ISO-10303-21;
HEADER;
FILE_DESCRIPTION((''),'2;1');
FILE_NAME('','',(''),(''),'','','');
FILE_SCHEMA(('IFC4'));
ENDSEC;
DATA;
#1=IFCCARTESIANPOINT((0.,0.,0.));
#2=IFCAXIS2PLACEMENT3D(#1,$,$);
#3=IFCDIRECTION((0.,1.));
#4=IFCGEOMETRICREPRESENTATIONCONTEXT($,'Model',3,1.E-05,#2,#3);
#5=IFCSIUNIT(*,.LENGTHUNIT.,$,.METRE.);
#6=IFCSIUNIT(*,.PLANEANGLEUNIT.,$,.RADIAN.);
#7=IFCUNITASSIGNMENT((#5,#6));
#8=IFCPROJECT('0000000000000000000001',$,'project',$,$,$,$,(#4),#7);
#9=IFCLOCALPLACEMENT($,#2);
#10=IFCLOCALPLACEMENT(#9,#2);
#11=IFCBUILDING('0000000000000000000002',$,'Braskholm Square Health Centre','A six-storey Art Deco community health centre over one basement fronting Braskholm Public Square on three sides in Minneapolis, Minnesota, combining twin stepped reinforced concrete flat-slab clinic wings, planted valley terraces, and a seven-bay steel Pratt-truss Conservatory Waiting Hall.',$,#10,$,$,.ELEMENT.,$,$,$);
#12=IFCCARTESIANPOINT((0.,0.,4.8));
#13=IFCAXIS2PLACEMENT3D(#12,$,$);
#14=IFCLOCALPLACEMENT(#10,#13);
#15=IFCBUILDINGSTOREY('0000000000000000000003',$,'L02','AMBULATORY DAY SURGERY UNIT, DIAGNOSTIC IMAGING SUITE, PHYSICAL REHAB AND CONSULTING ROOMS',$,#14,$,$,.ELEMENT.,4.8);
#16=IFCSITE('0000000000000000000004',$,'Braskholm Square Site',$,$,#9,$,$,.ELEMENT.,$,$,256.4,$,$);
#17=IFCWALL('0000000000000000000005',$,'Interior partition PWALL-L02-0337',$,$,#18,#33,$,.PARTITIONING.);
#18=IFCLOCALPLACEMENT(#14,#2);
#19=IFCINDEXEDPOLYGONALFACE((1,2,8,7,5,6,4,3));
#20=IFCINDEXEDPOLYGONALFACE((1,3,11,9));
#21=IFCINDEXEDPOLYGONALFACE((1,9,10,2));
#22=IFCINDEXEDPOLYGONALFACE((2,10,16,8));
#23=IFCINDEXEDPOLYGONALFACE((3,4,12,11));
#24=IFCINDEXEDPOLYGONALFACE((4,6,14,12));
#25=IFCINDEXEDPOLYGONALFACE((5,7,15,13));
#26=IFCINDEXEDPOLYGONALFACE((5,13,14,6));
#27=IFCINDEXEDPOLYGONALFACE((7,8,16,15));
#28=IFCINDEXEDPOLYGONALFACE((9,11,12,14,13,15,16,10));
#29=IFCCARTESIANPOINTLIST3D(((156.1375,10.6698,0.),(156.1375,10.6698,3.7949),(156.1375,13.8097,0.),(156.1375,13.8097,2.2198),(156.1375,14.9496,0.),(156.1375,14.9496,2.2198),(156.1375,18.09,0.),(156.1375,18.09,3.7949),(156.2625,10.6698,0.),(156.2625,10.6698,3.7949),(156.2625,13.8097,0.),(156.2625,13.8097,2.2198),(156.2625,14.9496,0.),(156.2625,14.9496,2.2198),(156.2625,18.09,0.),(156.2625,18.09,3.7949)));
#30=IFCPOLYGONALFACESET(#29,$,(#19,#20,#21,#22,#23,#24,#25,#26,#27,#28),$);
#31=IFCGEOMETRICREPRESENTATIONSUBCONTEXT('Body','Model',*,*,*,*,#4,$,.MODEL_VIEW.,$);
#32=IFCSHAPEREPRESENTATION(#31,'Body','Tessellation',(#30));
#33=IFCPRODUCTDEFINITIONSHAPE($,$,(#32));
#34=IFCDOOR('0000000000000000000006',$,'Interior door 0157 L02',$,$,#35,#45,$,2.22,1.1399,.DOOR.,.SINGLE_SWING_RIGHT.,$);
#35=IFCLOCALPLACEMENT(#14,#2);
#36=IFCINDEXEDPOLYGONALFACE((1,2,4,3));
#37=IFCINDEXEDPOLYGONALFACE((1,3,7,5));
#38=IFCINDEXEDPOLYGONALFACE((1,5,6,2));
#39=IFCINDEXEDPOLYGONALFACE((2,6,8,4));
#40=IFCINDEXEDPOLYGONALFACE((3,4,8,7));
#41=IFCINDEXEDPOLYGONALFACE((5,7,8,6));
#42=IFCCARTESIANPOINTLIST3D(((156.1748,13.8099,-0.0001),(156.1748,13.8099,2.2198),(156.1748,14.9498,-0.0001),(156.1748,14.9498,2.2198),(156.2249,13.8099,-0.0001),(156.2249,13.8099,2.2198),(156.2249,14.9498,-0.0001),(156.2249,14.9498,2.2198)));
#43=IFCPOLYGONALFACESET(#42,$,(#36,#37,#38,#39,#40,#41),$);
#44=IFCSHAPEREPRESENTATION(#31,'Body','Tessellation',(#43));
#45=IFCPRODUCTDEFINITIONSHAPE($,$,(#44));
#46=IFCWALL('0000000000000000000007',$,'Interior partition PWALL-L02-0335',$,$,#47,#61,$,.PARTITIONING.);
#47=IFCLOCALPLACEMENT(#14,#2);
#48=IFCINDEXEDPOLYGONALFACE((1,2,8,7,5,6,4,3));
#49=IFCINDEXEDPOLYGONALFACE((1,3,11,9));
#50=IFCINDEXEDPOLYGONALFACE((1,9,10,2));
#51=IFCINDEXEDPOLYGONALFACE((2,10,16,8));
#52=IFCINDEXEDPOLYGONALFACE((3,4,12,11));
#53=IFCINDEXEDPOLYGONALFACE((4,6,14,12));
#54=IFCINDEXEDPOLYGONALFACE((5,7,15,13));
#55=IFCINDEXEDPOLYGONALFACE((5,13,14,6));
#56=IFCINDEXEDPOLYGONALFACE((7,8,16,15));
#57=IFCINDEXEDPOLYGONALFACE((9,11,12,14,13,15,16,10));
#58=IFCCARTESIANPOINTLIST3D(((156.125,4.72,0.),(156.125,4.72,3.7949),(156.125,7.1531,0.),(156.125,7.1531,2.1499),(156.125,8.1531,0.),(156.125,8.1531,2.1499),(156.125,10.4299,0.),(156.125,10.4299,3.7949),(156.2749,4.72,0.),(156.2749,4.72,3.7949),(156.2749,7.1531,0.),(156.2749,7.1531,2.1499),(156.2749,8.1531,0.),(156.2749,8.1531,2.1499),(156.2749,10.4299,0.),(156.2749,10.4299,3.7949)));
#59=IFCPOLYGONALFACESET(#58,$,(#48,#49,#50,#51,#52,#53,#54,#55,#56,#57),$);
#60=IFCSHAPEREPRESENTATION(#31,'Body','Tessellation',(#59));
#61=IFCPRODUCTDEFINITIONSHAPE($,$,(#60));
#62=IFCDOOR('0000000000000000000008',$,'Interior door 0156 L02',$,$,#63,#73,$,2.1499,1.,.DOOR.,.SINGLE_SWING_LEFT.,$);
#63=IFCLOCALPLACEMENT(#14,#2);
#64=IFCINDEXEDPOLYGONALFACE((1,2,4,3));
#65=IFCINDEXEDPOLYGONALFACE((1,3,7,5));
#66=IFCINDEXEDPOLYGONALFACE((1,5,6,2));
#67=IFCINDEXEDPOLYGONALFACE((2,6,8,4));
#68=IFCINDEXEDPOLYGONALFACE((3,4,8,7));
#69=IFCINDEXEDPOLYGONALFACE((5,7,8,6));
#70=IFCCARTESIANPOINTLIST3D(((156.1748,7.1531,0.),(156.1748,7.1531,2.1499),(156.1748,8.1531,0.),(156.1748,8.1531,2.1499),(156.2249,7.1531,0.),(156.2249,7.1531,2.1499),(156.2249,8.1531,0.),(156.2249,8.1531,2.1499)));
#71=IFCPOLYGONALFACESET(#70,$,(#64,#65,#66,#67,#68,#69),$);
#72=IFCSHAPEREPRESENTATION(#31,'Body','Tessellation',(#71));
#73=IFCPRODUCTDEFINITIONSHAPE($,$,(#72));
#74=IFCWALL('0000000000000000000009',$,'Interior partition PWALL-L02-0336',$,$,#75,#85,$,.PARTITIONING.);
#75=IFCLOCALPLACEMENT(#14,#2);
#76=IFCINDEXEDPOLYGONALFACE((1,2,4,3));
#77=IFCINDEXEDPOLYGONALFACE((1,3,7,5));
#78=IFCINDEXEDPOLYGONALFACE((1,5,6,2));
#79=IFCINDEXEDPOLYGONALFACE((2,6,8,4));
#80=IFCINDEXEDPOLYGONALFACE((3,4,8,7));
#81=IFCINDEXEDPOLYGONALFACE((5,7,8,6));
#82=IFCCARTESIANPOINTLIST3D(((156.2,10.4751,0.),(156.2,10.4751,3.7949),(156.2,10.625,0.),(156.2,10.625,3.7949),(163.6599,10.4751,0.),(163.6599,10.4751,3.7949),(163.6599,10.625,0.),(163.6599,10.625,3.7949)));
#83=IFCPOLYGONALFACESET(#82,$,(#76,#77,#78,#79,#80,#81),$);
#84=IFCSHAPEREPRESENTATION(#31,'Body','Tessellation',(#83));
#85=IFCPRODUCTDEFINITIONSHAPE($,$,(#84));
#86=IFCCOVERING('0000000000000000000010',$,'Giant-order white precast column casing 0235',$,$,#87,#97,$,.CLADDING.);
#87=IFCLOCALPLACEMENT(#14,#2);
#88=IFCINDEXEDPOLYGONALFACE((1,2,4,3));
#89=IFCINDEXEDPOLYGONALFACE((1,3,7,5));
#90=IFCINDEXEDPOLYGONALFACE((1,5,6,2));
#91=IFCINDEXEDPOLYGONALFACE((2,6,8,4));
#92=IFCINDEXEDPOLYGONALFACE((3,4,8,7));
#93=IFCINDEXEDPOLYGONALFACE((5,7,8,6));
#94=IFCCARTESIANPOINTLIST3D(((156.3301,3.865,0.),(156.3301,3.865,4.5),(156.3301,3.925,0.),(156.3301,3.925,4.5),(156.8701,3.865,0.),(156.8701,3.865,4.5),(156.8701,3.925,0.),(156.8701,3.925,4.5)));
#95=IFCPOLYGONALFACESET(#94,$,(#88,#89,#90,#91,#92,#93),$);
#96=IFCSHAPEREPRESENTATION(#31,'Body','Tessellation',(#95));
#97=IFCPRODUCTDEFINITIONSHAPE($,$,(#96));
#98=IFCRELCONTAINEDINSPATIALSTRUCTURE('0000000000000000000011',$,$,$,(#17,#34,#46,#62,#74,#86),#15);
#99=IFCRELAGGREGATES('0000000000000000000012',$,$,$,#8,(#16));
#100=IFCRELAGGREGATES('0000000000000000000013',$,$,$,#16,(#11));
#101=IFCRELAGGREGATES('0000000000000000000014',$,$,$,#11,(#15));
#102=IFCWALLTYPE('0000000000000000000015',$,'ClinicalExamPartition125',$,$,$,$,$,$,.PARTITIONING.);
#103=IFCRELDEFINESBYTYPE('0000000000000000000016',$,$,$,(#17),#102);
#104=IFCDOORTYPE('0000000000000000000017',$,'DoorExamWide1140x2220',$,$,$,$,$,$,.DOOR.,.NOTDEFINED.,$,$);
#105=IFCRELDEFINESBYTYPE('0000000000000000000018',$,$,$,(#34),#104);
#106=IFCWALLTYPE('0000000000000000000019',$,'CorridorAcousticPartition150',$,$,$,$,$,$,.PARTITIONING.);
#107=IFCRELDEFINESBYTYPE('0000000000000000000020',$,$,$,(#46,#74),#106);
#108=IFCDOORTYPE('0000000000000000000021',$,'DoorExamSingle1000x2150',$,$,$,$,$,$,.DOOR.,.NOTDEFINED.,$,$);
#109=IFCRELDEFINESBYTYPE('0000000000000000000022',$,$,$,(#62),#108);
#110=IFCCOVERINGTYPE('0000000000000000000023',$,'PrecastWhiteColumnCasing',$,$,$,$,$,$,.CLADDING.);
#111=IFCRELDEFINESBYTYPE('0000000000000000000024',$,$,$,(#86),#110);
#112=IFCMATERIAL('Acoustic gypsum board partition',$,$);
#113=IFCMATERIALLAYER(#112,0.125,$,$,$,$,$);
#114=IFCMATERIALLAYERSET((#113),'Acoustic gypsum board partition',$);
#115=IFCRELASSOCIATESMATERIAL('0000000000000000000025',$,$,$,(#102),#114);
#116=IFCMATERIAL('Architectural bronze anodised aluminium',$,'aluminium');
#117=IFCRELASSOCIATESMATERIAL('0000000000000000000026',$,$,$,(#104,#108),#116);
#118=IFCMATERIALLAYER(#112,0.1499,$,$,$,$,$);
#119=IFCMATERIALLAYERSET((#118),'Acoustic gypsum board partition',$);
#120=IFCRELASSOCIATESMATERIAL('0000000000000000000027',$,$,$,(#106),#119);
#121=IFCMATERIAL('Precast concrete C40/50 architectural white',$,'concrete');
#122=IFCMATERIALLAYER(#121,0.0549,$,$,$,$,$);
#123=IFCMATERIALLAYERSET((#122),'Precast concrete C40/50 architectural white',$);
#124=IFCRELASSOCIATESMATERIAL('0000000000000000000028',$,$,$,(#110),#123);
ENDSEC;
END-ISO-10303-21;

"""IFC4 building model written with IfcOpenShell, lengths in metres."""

from ifc_helpers import new_model, si_unit, direction, frame, frame_2d, origin, origin_2d, place, context, subcontext, project, spatial, rectangle, extrude, material, layer, layer_set, type_object, element, fill, save


model = new_model("IFC4")

# Units and contexts
model_context = context("Model", 3, precision=1e-05, world=origin(), true_north=direction((0.0, 1.0)))
body_context = subcontext(model_context, "Body", "Model", "MODEL_VIEW")
ifc_project = project(units=[si_unit("LENGTHUNIT", "METRE"), si_unit("PLANEANGLEUNIT", "RADIAN")], contexts=[model_context])

# Site, building, storey
site_placement = place(None, origin())
site = spatial("IfcSite", under=ifc_project, at=site_placement, Name="Braskholm Square Site", CompositionType="ELEMENT", RefElevation=256.4)
building_placement = place(site_placement, origin())
building = spatial("IfcBuilding", under=site, at=building_placement, Name="Braskholm Square Health Centre", Description="A six-storey Art Deco community health centre over one basement fronting Braskholm Public Square on three sides in Minneapolis, Minnesota, combining twin stepped reinforced concrete flat-slab clinic wings, planted valley terraces, and a seven-bay steel Pratt-truss Conservatory Waiting Hall.", CompositionType="ELEMENT")
storey_placement = place(building_placement, frame((0.0, 0.0, 4.8)))
storey = spatial("IfcBuildingStorey", under=building, at=storey_placement, Name="L02", Description="AMBULATORY DAY SURGERY UNIT, DIAGNOSTIC IMAGING SUITE, PHYSICAL REHAB AND CONSULTING ROOMS", CompositionType="ELEMENT", Elevation=4.8)

# Shared definitions
ifc_material_1 = material(Name="Precast concrete C40/50 architectural white", Category="concrete")

# Shared definitions
ifc_material_2 = material(Name="Architectural bronze anodised aluminium", Category="aluminium")

# Walls, openings, doors
ifc_material_3 = material(Name="Acoustic gypsum board partition")
ifc_layer_1 = layer(ifc_material_3, 0.125)
ifc_layer_set_1 = layer_set([ifc_layer_1], Name="Acoustic gypsum board partition")
wall_type_1 = type_object("IfcWallType", Name="ClinicalExamPartition125", PredefinedType="PARTITIONING", material=ifc_layer_set_1)
wall_1_placement = place(storey_placement, frame((156.2, 10.6699, 0.0), z_axis=(0.0, 0.0, 1.0), x_axis=(0.0, 1.0, 0.0)))
wall_1 = element("IfcWall", 1, at=wall_1_placement, inside=storey, type_object=wall_type_1, Name="Interior partition PWALL-L02-0337", PredefinedType="PARTITIONING", context=body_context, shape_type="SweptSolid", body=[
    extrude(rectangle(XDim=7.4202, YDim=0.125, at=frame_2d((3.71, 0.0))), origin(), (0.0, 0.0, 1.0), 3.7949),
])
opening_1_placement = place(wall_1_placement, frame((3.1399, 0.0, 0.0)))
opening_1 = element("IfcOpeningElement", 2, at=opening_1_placement, cuts=wall_1, PredefinedType="OPENING", context=body_context, shape_type="SweptSolid", body=[
    extrude(rectangle(XDim=1.1399, YDim=2.22, at=frame_2d((0.5698, 1.1099))), frame((0.0, 0.0725, 0.0), z_axis=(0.0, -1.0, 0.0), x_axis=(1.0, 0.0, 0.0)), (0.0, 0.0, 1.0), 0.145),
])
door_type_1 = type_object("IfcDoorType", Name="DoorExamWide1140x2220", OperationType="NOTDEFINED", PredefinedType="DOOR", material=ifc_material_2)
door_1_placement = place(opening_1_placement, frame((1.1399, 0.0, 0.0), z_axis=(0.0, 0.0, 1.0), x_axis=(-1.0, 0.0, 0.0)))
door_1 = element("IfcDoor", 3, at=door_1_placement, inside=storey, type_object=door_type_1, Name="Interior door 0157 L02", OperationType="SINGLE_SWING_RIGHT", OverallHeight=2.22, OverallWidth=1.1399, PredefinedType="DOOR", context=body_context, shape_type="SweptSolid", body=[
    extrude(rectangle(XDim=1.1399, YDim=2.22, at=frame_2d((0.5698, 1.1099))), frame((0.0, 0.0249, 0.0), z_axis=(0.0, -1.0, 0.0), x_axis=(1.0, 0.0, 0.0)), (0.0, 0.0, 1.0), 0.05),
])
fill(opening_1, door_1)
ifc_layer_2 = layer(ifc_material_3, 0.1499)
ifc_layer_set_2 = layer_set([ifc_layer_2], Name="Acoustic gypsum board partition")
wall_type_2 = type_object("IfcWallType", Name="CorridorAcousticPartition150", PredefinedType="PARTITIONING", material=ifc_layer_set_2)
wall_2_placement = place(storey_placement, frame((156.2, 4.72, 0.0), z_axis=(0.0, 0.0, 1.0), x_axis=(0.0, 1.0, 0.0)))
wall_2 = element("IfcWall", 4, at=wall_2_placement, inside=storey, type_object=wall_type_2, Name="Interior partition PWALL-L02-0335", PredefinedType="PARTITIONING", context=body_context, shape_type="SweptSolid", body=[
    extrude(rectangle(XDim=5.71, YDim=0.1499, at=frame_2d((2.855, 0.0))), origin(), (0.0, 0.0, 1.0), 3.7949),
])
opening_2_placement = place(wall_2_placement, frame((2.4331, 0.0, 0.0)))
opening_2 = element("IfcOpeningElement", 5, at=opening_2_placement, cuts=wall_2, PredefinedType="OPENING", context=body_context, shape_type="SweptSolid", body=[
    extrude(rectangle(XDim=1.0, YDim=2.1499, at=frame_2d((0.5, 1.075))), frame((0.0, 0.085, 0.0), z_axis=(0.0, -1.0, 0.0), x_axis=(1.0, 0.0, 0.0)), (0.0, 0.0, 1.0), 0.1699),
])
door_type_2 = type_object("IfcDoorType", Name="DoorExamSingle1000x2150", OperationType="NOTDEFINED", PredefinedType="DOOR", material=ifc_material_2)
door_2_placement = place(opening_2_placement, frame((1.0, 0.0, 0.0), z_axis=(0.0, 0.0, 1.0), x_axis=(-1.0, 0.0, 0.0)))
door_2 = element("IfcDoor", 6, at=door_2_placement, inside=storey, type_object=door_type_2, Name="Interior door 0156 L02", OperationType="SINGLE_SWING_LEFT", OverallHeight=2.1499, OverallWidth=1.0, PredefinedType="DOOR", context=body_context, shape_type="SweptSolid", body=[
    extrude(rectangle(XDim=1.0, YDim=2.1499, at=frame_2d((0.5, 1.075))), frame((0.0, 0.0249, 0.0), z_axis=(0.0, -1.0, 0.0), x_axis=(1.0, 0.0, 0.0)), (0.0, 0.0, 1.0), 0.05),
])
fill(opening_2, door_2)

# Wall
wall_3_placement = place(storey_placement, frame((156.2, 10.55, 0.0), z_axis=(0.0, 0.0, 1.0), x_axis=(1.0, 0.0, 0.0)))
element("IfcWall", 7, at=wall_3_placement, inside=storey, type_object=wall_type_2, Name="Interior partition PWALL-L02-0336", PredefinedType="PARTITIONING", context=body_context, shape_type="SweptSolid", body=[
    extrude(rectangle(XDim=7.46, YDim=0.1499, at=frame_2d((3.73, 0.0))), origin(), (0.0, 0.0, 1.0), 3.7949),
])

# Covering
ifc_layer_3 = layer(ifc_material_1, 0.0549)
ifc_layer_set_3 = layer_set([ifc_layer_3], Name="Precast concrete C40/50 architectural white")
covering_type = type_object("IfcCoveringType", Name="PrecastWhiteColumnCasing", PredefinedType="CLADDING", material=ifc_layer_set_3)
covering_placement = place(storey_placement, frame((156.6001, 3.895, 0.0), z_axis=(0.0, 0.0, 1.0), x_axis=(1.0, 0.0, 0.0)))
element("IfcCovering", 8, at=covering_placement, inside=storey, type_object=covering_type, Name="Giant-order white precast column casing 0235", PredefinedType="CLADDING", context=body_context, shape_type="SweptSolid", body=[
    extrude(rectangle(XDim=0.54, YDim=0.0601, at=origin_2d()), origin(), (0.0, 0.0, 1.0), 4.5),
])

save(model, "model.ifc")
